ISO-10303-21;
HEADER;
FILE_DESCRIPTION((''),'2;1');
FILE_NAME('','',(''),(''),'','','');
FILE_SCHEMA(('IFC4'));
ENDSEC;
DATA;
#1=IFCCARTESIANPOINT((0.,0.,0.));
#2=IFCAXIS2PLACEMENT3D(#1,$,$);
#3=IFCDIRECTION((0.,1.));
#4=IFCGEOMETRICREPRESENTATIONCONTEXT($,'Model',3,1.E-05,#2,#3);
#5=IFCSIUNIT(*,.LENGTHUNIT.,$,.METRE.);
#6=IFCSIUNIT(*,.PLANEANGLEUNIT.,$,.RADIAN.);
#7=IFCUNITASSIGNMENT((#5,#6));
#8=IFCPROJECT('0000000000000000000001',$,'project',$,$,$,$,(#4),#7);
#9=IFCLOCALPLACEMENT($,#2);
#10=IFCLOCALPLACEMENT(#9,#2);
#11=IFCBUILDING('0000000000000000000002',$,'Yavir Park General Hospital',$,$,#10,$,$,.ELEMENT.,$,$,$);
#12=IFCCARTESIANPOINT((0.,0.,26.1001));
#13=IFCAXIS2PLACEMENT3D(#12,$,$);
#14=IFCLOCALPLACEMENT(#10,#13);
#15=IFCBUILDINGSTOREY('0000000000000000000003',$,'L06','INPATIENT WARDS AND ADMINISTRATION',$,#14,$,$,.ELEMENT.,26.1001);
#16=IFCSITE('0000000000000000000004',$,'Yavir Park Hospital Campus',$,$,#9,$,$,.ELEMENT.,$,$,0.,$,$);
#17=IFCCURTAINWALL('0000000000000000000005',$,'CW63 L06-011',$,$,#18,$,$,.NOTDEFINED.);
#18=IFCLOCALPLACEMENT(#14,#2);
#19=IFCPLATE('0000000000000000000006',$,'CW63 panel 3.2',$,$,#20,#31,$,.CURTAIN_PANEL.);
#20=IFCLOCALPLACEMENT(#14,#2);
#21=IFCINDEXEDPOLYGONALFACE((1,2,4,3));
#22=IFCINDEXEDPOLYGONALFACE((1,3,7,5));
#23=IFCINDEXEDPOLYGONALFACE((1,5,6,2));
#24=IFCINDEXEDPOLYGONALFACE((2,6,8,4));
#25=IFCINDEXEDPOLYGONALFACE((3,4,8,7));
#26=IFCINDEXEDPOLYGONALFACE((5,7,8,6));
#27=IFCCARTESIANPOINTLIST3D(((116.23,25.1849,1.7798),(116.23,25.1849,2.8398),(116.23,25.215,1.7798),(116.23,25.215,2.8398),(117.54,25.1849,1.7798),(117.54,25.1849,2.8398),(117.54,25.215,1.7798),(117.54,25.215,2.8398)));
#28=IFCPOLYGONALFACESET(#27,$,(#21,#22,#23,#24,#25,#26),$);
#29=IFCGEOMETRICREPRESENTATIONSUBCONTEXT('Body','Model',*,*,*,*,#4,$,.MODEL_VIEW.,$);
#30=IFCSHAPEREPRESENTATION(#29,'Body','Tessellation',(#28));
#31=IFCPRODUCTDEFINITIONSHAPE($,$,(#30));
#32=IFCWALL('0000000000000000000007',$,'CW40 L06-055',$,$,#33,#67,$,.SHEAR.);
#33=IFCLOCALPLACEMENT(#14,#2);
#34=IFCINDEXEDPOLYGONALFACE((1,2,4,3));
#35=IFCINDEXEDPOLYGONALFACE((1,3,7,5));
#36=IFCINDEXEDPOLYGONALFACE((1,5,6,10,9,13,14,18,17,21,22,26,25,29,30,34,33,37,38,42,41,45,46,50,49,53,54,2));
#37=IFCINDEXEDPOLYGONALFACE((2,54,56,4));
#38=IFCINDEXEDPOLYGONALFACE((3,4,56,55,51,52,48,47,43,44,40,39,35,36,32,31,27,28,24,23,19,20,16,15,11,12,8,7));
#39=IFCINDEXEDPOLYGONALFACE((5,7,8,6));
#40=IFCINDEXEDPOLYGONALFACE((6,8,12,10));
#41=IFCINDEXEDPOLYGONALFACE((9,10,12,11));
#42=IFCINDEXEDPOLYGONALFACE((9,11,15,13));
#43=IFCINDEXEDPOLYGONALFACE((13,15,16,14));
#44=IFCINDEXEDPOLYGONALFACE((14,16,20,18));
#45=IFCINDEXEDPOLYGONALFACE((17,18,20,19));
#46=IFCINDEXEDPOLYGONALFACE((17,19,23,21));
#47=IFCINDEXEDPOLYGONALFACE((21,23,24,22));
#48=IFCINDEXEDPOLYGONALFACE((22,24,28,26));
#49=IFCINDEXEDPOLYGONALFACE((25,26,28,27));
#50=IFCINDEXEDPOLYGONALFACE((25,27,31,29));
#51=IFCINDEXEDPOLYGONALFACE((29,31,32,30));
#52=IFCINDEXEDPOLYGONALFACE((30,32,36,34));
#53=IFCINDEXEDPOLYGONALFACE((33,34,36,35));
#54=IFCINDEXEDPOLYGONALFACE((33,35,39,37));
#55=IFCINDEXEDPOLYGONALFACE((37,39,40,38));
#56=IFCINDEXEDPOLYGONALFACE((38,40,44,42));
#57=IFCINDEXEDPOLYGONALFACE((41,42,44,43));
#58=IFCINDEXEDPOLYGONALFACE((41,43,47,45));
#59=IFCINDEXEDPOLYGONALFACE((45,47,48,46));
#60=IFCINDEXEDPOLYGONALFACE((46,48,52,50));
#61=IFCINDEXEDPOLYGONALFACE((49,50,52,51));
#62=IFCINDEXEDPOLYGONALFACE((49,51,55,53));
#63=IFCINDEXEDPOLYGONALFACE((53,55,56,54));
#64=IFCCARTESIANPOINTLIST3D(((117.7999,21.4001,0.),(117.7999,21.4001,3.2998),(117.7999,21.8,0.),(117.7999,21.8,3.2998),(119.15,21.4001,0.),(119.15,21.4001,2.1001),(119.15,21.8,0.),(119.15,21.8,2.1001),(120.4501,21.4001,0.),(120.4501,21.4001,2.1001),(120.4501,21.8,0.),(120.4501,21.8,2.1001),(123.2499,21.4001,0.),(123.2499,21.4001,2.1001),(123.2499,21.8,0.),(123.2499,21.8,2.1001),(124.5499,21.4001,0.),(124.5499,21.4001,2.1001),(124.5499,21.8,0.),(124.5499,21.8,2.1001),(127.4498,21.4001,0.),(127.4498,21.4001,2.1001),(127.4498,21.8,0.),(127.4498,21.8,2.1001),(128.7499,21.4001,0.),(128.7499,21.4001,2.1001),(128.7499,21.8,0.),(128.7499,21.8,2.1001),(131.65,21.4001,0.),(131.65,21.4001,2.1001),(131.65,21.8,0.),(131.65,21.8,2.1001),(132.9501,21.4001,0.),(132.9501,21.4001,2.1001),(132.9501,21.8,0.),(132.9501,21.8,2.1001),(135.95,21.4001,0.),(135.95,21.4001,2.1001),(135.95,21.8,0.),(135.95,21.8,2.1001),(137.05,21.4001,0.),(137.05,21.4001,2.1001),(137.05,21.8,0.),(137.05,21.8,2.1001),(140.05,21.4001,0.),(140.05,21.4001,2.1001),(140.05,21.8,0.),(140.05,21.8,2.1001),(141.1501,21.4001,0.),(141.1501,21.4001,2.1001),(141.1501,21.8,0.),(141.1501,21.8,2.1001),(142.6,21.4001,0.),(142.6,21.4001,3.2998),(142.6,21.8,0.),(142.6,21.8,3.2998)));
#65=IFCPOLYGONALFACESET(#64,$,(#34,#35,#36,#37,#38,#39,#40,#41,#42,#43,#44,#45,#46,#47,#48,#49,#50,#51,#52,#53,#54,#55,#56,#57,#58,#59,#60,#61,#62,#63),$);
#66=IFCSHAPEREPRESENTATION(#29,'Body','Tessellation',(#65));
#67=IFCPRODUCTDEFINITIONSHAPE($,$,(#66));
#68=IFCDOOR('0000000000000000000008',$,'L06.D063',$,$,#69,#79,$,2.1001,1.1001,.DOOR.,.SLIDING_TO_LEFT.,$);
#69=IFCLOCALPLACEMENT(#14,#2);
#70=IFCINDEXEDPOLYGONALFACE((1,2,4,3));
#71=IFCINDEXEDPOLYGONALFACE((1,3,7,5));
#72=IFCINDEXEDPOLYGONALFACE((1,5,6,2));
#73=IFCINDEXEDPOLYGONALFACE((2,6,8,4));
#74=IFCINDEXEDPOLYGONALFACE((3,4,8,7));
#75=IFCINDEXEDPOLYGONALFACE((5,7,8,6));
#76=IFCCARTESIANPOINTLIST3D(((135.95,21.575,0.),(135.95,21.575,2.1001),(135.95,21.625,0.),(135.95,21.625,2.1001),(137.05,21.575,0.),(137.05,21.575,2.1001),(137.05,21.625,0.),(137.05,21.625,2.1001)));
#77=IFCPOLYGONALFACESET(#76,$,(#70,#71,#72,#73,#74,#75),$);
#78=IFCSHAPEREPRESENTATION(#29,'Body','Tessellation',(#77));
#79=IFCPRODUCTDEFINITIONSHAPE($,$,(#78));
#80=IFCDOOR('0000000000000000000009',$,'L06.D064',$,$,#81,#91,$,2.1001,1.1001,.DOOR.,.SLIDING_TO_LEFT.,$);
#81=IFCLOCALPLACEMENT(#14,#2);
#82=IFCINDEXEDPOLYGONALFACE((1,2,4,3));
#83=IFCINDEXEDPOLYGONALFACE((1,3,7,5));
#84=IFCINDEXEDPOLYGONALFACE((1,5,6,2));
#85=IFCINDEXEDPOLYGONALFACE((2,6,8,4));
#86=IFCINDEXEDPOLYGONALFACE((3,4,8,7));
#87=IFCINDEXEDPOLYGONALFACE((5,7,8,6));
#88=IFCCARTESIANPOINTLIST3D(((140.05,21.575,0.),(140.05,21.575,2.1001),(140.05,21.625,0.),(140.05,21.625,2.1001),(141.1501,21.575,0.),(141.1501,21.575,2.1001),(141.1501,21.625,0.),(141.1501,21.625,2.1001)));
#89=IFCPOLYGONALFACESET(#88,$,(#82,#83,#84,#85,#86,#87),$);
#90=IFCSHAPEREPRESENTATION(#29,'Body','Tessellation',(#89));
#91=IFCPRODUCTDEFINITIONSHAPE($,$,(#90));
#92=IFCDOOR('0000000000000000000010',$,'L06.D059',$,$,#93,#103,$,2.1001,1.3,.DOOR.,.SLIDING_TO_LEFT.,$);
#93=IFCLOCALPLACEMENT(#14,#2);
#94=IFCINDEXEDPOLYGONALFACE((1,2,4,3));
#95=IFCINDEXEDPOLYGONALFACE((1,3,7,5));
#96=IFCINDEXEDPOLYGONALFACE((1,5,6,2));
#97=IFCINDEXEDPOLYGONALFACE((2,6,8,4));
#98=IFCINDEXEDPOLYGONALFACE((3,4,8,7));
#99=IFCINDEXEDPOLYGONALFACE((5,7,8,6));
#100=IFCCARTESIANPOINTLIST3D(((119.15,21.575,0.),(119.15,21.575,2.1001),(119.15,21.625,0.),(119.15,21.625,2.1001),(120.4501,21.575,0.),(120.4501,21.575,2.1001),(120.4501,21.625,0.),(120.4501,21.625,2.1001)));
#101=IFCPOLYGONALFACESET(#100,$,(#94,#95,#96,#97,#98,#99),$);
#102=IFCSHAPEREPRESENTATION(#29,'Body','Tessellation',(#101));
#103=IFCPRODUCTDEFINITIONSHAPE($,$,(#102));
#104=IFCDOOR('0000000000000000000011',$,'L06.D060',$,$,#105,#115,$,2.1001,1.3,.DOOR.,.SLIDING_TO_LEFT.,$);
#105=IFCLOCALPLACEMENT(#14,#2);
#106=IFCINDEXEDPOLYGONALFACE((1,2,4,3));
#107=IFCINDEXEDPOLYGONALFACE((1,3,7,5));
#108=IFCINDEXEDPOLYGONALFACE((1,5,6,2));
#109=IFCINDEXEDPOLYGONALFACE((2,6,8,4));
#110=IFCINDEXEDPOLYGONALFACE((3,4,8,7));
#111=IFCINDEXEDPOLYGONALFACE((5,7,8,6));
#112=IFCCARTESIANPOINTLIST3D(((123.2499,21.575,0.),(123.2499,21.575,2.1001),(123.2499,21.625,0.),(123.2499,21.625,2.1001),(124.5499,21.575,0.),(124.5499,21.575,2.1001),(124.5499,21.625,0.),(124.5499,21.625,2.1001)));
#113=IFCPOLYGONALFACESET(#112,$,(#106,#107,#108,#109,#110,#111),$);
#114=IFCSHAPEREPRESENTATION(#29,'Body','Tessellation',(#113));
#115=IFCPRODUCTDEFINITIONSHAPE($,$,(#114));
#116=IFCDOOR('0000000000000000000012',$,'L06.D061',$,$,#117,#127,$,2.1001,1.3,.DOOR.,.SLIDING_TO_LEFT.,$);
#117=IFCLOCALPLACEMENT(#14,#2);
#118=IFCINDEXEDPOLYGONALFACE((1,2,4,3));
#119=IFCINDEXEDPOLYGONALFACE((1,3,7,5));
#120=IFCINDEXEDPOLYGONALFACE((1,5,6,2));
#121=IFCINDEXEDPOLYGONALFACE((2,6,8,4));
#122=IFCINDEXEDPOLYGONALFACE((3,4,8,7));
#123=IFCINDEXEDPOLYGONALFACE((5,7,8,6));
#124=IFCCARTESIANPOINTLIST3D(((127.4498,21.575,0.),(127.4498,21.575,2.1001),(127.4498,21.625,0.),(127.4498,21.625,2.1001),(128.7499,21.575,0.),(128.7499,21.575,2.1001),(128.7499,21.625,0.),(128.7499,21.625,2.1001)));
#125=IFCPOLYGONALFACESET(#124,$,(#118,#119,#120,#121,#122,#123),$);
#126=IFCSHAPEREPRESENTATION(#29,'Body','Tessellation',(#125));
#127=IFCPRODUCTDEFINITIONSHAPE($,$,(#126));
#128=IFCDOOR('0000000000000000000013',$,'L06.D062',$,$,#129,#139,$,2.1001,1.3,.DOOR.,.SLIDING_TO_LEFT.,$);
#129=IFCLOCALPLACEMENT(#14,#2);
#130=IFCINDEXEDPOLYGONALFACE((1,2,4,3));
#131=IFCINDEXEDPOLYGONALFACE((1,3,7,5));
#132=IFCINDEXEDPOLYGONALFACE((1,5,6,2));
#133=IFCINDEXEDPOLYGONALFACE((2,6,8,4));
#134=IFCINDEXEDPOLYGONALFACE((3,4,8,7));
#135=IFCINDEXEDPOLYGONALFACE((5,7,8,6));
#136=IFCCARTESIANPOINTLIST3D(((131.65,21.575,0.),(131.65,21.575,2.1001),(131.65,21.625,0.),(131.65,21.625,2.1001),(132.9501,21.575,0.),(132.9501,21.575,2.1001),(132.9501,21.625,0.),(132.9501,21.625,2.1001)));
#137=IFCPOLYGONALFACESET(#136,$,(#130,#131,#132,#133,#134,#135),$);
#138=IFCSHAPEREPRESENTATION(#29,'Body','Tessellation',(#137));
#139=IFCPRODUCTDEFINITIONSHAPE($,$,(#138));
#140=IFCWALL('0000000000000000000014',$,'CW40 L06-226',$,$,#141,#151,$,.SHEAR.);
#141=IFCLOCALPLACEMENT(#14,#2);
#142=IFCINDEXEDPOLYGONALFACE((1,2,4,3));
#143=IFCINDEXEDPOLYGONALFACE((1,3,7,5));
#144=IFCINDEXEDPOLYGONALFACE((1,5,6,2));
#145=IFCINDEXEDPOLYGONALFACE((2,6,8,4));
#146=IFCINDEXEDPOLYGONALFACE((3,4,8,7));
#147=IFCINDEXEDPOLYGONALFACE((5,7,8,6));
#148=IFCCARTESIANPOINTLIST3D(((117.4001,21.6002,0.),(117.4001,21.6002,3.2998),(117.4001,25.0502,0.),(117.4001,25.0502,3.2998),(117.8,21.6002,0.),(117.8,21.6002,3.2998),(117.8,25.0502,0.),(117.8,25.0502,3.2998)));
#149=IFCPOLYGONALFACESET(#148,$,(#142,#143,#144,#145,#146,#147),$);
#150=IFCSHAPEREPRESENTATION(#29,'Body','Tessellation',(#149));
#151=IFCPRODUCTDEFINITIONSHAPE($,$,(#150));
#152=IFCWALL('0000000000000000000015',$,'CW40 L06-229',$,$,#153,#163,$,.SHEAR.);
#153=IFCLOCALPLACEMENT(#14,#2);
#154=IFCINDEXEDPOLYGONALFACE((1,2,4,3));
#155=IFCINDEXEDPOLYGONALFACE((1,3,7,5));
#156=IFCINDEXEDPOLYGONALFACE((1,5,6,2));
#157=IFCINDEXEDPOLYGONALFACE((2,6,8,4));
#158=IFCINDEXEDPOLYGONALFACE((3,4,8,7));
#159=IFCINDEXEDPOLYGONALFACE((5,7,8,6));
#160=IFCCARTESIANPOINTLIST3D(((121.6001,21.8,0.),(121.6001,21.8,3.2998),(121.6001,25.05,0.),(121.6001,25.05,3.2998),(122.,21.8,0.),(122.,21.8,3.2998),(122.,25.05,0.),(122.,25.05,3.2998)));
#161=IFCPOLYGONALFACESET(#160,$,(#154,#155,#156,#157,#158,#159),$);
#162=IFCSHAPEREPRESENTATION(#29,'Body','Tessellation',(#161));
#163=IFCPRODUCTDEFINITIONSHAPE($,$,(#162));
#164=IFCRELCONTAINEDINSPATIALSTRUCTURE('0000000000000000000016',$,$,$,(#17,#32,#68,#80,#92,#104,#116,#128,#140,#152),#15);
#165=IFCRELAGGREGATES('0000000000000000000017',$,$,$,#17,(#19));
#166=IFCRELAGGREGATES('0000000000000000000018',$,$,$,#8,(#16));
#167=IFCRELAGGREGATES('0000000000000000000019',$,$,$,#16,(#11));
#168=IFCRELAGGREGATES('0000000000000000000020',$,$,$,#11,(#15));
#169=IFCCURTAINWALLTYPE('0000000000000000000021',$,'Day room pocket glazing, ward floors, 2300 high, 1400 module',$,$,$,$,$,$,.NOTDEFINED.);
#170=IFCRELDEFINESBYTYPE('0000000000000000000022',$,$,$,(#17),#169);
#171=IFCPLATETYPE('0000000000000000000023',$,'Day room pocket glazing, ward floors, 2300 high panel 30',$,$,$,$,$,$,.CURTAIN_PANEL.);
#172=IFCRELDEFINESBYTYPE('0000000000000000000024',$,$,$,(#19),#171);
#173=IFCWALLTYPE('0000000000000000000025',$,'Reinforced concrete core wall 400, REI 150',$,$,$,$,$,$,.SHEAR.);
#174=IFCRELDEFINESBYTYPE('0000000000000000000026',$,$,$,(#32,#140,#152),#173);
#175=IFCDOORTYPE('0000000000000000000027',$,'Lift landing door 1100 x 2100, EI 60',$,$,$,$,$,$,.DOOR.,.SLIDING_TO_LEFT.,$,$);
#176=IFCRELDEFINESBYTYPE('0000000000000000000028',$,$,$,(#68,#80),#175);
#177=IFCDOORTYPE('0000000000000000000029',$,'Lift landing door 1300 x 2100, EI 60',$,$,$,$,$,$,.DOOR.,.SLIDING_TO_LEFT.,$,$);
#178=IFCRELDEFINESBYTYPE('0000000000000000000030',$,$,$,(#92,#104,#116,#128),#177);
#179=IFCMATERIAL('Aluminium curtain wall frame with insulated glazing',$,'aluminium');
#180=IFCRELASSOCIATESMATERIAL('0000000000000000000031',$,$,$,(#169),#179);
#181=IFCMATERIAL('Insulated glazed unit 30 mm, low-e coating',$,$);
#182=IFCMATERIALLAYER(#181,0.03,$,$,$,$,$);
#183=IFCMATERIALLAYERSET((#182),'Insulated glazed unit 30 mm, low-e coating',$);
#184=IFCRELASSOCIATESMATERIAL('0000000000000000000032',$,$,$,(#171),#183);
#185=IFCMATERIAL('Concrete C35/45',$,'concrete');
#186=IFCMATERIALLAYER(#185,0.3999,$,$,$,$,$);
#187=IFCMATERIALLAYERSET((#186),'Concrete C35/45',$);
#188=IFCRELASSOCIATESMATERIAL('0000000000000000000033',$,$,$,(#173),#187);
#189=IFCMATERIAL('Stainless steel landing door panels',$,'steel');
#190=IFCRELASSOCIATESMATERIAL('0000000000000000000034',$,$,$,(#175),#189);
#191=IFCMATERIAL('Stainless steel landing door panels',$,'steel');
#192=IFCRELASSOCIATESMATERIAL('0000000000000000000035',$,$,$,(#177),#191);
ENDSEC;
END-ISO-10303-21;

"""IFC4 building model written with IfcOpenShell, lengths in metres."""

from ifc_helpers import new_model, si_unit, direction, frame, frame_2d, origin, origin_2d, place, context, subcontext, project, spatial, rectangle, extrude, material, layer, layer_set, type_object, element, fill, aggregate, save


model = new_model("IFC4")

# Units and contexts
model_context = context("Model", 3, precision=1e-05, world=origin(), true_north=direction((0.0, 1.0)))
body_context = subcontext(model_context, "Body", "Model", "MODEL_VIEW")
ifc_project = project(units=[si_unit("LENGTHUNIT", "METRE"), si_unit("PLANEANGLEUNIT", "RADIAN")], contexts=[model_context])

# Site, building, storey
site_placement = place(None, origin())
site = spatial("IfcSite", under=ifc_project, at=site_placement, Name="Yavir Park Hospital Campus", CompositionType="ELEMENT", RefElevation=0.0)
building_placement = place(site_placement, origin())
building = spatial("IfcBuilding", under=site, at=building_placement, Name="Yavir Park General Hospital", CompositionType="ELEMENT")
storey_placement = place(building_placement, frame((0.0, 0.0, 26.1001)))
storey = spatial("IfcBuildingStorey", under=building, at=storey_placement, Name="L06", Description="INPATIENT WARDS AND ADMINISTRATION", CompositionType="ELEMENT", Elevation=26.1001)

# Curtain wall
ifc_material_1 = material(Name="Aluminium curtain wall frame with insulated glazing", Category="aluminium")
curtain_wall_type = type_object("IfcCurtainWallType", Name="Day room pocket glazing, ward floors, 2300 high, 1400 module", PredefinedType="NOTDEFINED", material=ifc_material_1)
curtain_wall_placement = place(storey_placement, origin())
curtain_wall = element("IfcCurtainWall", 1, at=curtain_wall_placement, inside=storey, type_object=curtain_wall_type, Name="CW63 L06-011", PredefinedType="NOTDEFINED")

# Plate
ifc_material_2 = material(Name="Insulated glazed unit 30 mm, low-e coating")
ifc_layer_1 = layer(ifc_material_2, 0.03)
ifc_layer_set_1 = layer_set([ifc_layer_1], Name="Insulated glazed unit 30 mm, low-e coating")
plate_type = type_object("IfcPlateType", Name="Day room pocket glazing, ward floors, 2300 high panel 30", PredefinedType="CURTAIN_PANEL", material=ifc_layer_set_1)
plate_1_placement = place(storey_placement, frame((116.885, 25.2, 1.7798), z_axis=(0.0, 0.0, 1.0), x_axis=(1.0, 0.0, 0.0)))
plate_1 = element("IfcPlate", 2, at=plate_1_placement, type_object=plate_type, Name="CW63 panel 3.2", PredefinedType="CURTAIN_PANEL", context=body_context, shape_type="SweptSolid", body=[
    extrude(rectangle(XDim=1.3101, YDim=0.03, at=origin_2d()), origin(), (0.0, 0.0, 1.0), 1.0601),
])
aggregate(curtain_wall, [plate_1])

# Wall, openings, doors
ifc_material_3 = material(Name="Concrete C35/45", Category="concrete")
ifc_layer_2 = layer(ifc_material_3, 0.3999)
ifc_layer_set_2 = layer_set([ifc_layer_2], Name="Concrete C35/45")
wall_type_1 = type_object("IfcWallType", Name="Reinforced concrete core wall 400, REI 150", PredefinedType="SHEAR", material=ifc_layer_set_2)
wall_1_placement = place(storey_placement, frame((117.8, 21.6001, 0.0), z_axis=(0.0, 0.0, 1.0), x_axis=(1.0, 0.0, 0.0)))
wall_1 = element("IfcWall", 3, at=wall_1_placement, inside=storey, type_object=wall_type_1, Name="CW40 L06-055", PredefinedType="SHEAR", context=body_context, shape_type="SweptSolid", body=[
    extrude(rectangle(XDim=24.8, YDim=0.3999, at=frame_2d((12.3999, 0.0))), origin(), (0.0, 0.0, 1.0), 3.2998),
])
opening_1_placement = place(wall_1_placement, frame((1.3501, 0.0, 0.0)))
opening_1 = element("IfcOpeningElement", 4, at=opening_1_placement, cuts=wall_1, PredefinedType="OPENING", context=body_context, shape_type="SweptSolid", body=[
    extrude(rectangle(XDim=1.3, YDim=2.1001, at=frame_2d((0.6499, 1.05))), frame((0.0, 0.21, 0.0), z_axis=(0.0, -1.0, 0.0), x_axis=(1.0, 0.0, 0.0)), (0.0, 0.0, 1.0), 0.4199),
])
opening_2_placement = place(wall_1_placement, frame((5.45, 0.0, 0.0)))
opening_2 = element("IfcOpeningElement", 5, at=opening_2_placement, cuts=wall_1, PredefinedType="OPENING", context=body_context, shape_type="SweptSolid", body=[
    extrude(rectangle(XDim=1.3, YDim=2.1001, at=frame_2d((0.6499, 1.05))), frame((0.0, 0.21, 0.0), z_axis=(0.0, -1.0, 0.0), x_axis=(1.0, 0.0, 0.0)), (0.0, 0.0, 1.0), 0.4199),
])
opening_3_placement = place(wall_1_placement, frame((9.6499, 0.0, 0.0)))
opening_3 = element("IfcOpeningElement", 6, at=opening_3_placement, cuts=wall_1, PredefinedType="OPENING", context=body_context, shape_type="SweptSolid", body=[
    extrude(rectangle(XDim=1.3, YDim=2.1001, at=frame_2d((0.6499, 1.05))), frame((0.0, 0.21, 0.0), z_axis=(0.0, -1.0, 0.0), x_axis=(1.0, 0.0, 0.0)), (0.0, 0.0, 1.0), 0.4199),
])
opening_4_placement = place(wall_1_placement, frame((13.8501, 0.0, 0.0)))
opening_4 = element("IfcOpeningElement", 7, at=opening_4_placement, cuts=wall_1, PredefinedType="OPENING", context=body_context, shape_type="SweptSolid", body=[
    extrude(rectangle(XDim=1.3, YDim=2.1001, at=frame_2d((0.6499, 1.05))), frame((0.0, 0.21, 0.0), z_axis=(0.0, -1.0, 0.0), x_axis=(1.0, 0.0, 0.0)), (0.0, 0.0, 1.0), 0.4199),
])
opening_5_placement = place(wall_1_placement, frame((18.1499, 0.0, 0.0)))
opening_5 = element("IfcOpeningElement", 8, at=opening_5_placement, cuts=wall_1, PredefinedType="OPENING", context=body_context, shape_type="SweptSolid", body=[
    extrude(rectangle(XDim=1.1001, YDim=2.1001, at=frame_2d((0.55, 1.05))), frame((0.0, 0.21, 0.0), z_axis=(0.0, -1.0, 0.0), x_axis=(1.0, 0.0, 0.0)), (0.0, 0.0, 1.0), 0.4199),
])
opening_6_placement = place(wall_1_placement, frame((22.25, 0.0, 0.0)))
opening_6 = element("IfcOpeningElement", 9, at=opening_6_placement, cuts=wall_1, PredefinedType="OPENING", context=body_context, shape_type="SweptSolid", body=[
    extrude(rectangle(XDim=1.1001, YDim=2.1001, at=frame_2d((0.55, 1.05))), frame((0.0, 0.21, 0.0), z_axis=(0.0, -1.0, 0.0), x_axis=(1.0, 0.0, 0.0)), (0.0, 0.0, 1.0), 0.4199),
])
ifc_material_4 = material(Name="Stainless steel landing door panels", Category="steel")
door_type_1 = type_object("IfcDoorType", Name="Lift landing door 1100 x 2100, EI 60", OperationType="SLIDING_TO_LEFT", PredefinedType="DOOR", material=ifc_material_4)
door_1_placement = place(opening_5_placement, origin())
door_1 = element("IfcDoor", 10, at=door_1_placement, inside=storey, type_object=door_type_1, Name="L06.D063", OperationType="SLIDING_TO_LEFT", OverallHeight=2.1001, OverallWidth=1.1001, PredefinedType="DOOR", context=body_context, shape_type="SweptSolid", body=[
    extrude(rectangle(XDim=1.1001, YDim=2.1001, at=frame_2d((0.55, 1.05))), frame((0.0, 0.0249, 0.0), z_axis=(0.0, -1.0, 0.0), x_axis=(1.0, 0.0, 0.0)), (0.0, 0.0, 1.0), 0.05),
])
fill(opening_5, door_1)
door_2_placement = place(opening_6_placement, origin())
door_2 = element("IfcDoor", 11, at=door_2_placement, inside=storey, type_object=door_type_1, Name="L06.D064", OperationType="SLIDING_TO_LEFT", OverallHeight=2.1001, OverallWidth=1.1001, PredefinedType="DOOR", context=body_context, shape_type="SweptSolid", body=[
    extrude(rectangle(XDim=1.1001, YDim=2.1001, at=frame_2d((0.55, 1.05))), frame((0.0, 0.0249, 0.0), z_axis=(0.0, -1.0, 0.0), x_axis=(1.0, 0.0, 0.0)), (0.0, 0.0, 1.0), 0.05),
])
fill(opening_6, door_2)
ifc_material_5 = material(Name="Stainless steel landing door panels", Category="steel")
door_type_2 = type_object("IfcDoorType", Name="Lift landing door 1300 x 2100, EI 60", OperationType="SLIDING_TO_LEFT", PredefinedType="DOOR", material=ifc_material_5)
door_3_placement = place(opening_1_placement, origin())
door_3 = element("IfcDoor", 12, at=door_3_placement, inside=storey, type_object=door_type_2, Name="L06.D059", OperationType="SLIDING_TO_LEFT", OverallHeight=2.1001, OverallWidth=1.3, PredefinedType="DOOR", context=body_context, shape_type="SweptSolid", body=[
    extrude(rectangle(XDim=1.3, YDim=2.1001, at=frame_2d((0.6499, 1.05))), frame((0.0, 0.0249, 0.0), z_axis=(0.0, -1.0, 0.0), x_axis=(1.0, 0.0, 0.0)), (0.0, 0.0, 1.0), 0.05),
])
fill(opening_1, door_3)
door_4_placement = place(opening_2_placement, origin())
door_4 = element("IfcDoor", 13, at=door_4_placement, inside=storey, type_object=door_type_2, Name="L06.D060", OperationType="SLIDING_TO_LEFT", OverallHeight=2.1001, OverallWidth=1.3, PredefinedType="DOOR", context=body_context, shape_type="SweptSolid", body=[
    extrude(rectangle(XDim=1.3, YDim=2.1001, at=frame_2d((0.6499, 1.05))), frame((0.0, 0.0249, 0.0), z_axis=(0.0, -1.0, 0.0), x_axis=(1.0, 0.0, 0.0)), (0.0, 0.0, 1.0), 0.05),
])
fill(opening_2, door_4)
door_5_placement = place(opening_3_placement, origin())
door_5 = element("IfcDoor", 14, at=door_5_placement, inside=storey, type_object=door_type_2, Name="L06.D061", OperationType="SLIDING_TO_LEFT", OverallHeight=2.1001, OverallWidth=1.3, PredefinedType="DOOR", context=body_context, shape_type="SweptSolid", body=[
    extrude(rectangle(XDim=1.3, YDim=2.1001, at=frame_2d((0.6499, 1.05))), frame((0.0, 0.0249, 0.0), z_axis=(0.0, -1.0, 0.0), x_axis=(1.0, 0.0, 0.0)), (0.0, 0.0, 1.0), 0.05),
])
fill(opening_3, door_5)
door_6_placement = place(opening_4_placement, origin())
door_6 = element("IfcDoor", 15, at=door_6_placement, inside=storey, type_object=door_type_2, Name="L06.D062", OperationType="SLIDING_TO_LEFT", OverallHeight=2.1001, OverallWidth=1.3, PredefinedType="DOOR", context=body_context, shape_type="SweptSolid", body=[
    extrude(rectangle(XDim=1.3, YDim=2.1001, at=frame_2d((0.6499, 1.05))), frame((0.0, 0.0249, 0.0), z_axis=(0.0, -1.0, 0.0), x_axis=(1.0, 0.0, 0.0)), (0.0, 0.0, 1.0), 0.05),
])
fill(opening_4, door_6)

# Walls
wall_2_placement = place(storey_placement, frame((117.6001, 21.6001, 0.0), z_axis=(0.0, 0.0, 1.0), x_axis=(0.0, 1.0, 0.0)))
element("IfcWall", 16, at=wall_2_placement, inside=storey, type_object=wall_type_1, Name="CW40 L06-226", PredefinedType="SHEAR", context=body_context, shape_type="SweptSolid", body=[
    extrude(rectangle(XDim=3.45, YDim=0.3999, at=frame_2d((1.7251, 0.0))), origin(), (0.0, 0.0, 1.0), 3.2998),
])
wall_3_placement = place(storey_placement, frame((121.8, 21.8, 0.0), z_axis=(0.0, 0.0, 1.0), x_axis=(0.0, 1.0, 0.0)))
element("IfcWall", 17, at=wall_3_placement, inside=storey, type_object=wall_type_1, Name="CW40 L06-229", PredefinedType="SHEAR", context=body_context, shape_type="SweptSolid", body=[
    extrude(rectangle(XDim=3.25, YDim=0.3999, at=frame_2d((1.625, 0.0))), origin(), (0.0, 0.0, 1.0), 3.2998),
])

save(model, "model.ifc")
